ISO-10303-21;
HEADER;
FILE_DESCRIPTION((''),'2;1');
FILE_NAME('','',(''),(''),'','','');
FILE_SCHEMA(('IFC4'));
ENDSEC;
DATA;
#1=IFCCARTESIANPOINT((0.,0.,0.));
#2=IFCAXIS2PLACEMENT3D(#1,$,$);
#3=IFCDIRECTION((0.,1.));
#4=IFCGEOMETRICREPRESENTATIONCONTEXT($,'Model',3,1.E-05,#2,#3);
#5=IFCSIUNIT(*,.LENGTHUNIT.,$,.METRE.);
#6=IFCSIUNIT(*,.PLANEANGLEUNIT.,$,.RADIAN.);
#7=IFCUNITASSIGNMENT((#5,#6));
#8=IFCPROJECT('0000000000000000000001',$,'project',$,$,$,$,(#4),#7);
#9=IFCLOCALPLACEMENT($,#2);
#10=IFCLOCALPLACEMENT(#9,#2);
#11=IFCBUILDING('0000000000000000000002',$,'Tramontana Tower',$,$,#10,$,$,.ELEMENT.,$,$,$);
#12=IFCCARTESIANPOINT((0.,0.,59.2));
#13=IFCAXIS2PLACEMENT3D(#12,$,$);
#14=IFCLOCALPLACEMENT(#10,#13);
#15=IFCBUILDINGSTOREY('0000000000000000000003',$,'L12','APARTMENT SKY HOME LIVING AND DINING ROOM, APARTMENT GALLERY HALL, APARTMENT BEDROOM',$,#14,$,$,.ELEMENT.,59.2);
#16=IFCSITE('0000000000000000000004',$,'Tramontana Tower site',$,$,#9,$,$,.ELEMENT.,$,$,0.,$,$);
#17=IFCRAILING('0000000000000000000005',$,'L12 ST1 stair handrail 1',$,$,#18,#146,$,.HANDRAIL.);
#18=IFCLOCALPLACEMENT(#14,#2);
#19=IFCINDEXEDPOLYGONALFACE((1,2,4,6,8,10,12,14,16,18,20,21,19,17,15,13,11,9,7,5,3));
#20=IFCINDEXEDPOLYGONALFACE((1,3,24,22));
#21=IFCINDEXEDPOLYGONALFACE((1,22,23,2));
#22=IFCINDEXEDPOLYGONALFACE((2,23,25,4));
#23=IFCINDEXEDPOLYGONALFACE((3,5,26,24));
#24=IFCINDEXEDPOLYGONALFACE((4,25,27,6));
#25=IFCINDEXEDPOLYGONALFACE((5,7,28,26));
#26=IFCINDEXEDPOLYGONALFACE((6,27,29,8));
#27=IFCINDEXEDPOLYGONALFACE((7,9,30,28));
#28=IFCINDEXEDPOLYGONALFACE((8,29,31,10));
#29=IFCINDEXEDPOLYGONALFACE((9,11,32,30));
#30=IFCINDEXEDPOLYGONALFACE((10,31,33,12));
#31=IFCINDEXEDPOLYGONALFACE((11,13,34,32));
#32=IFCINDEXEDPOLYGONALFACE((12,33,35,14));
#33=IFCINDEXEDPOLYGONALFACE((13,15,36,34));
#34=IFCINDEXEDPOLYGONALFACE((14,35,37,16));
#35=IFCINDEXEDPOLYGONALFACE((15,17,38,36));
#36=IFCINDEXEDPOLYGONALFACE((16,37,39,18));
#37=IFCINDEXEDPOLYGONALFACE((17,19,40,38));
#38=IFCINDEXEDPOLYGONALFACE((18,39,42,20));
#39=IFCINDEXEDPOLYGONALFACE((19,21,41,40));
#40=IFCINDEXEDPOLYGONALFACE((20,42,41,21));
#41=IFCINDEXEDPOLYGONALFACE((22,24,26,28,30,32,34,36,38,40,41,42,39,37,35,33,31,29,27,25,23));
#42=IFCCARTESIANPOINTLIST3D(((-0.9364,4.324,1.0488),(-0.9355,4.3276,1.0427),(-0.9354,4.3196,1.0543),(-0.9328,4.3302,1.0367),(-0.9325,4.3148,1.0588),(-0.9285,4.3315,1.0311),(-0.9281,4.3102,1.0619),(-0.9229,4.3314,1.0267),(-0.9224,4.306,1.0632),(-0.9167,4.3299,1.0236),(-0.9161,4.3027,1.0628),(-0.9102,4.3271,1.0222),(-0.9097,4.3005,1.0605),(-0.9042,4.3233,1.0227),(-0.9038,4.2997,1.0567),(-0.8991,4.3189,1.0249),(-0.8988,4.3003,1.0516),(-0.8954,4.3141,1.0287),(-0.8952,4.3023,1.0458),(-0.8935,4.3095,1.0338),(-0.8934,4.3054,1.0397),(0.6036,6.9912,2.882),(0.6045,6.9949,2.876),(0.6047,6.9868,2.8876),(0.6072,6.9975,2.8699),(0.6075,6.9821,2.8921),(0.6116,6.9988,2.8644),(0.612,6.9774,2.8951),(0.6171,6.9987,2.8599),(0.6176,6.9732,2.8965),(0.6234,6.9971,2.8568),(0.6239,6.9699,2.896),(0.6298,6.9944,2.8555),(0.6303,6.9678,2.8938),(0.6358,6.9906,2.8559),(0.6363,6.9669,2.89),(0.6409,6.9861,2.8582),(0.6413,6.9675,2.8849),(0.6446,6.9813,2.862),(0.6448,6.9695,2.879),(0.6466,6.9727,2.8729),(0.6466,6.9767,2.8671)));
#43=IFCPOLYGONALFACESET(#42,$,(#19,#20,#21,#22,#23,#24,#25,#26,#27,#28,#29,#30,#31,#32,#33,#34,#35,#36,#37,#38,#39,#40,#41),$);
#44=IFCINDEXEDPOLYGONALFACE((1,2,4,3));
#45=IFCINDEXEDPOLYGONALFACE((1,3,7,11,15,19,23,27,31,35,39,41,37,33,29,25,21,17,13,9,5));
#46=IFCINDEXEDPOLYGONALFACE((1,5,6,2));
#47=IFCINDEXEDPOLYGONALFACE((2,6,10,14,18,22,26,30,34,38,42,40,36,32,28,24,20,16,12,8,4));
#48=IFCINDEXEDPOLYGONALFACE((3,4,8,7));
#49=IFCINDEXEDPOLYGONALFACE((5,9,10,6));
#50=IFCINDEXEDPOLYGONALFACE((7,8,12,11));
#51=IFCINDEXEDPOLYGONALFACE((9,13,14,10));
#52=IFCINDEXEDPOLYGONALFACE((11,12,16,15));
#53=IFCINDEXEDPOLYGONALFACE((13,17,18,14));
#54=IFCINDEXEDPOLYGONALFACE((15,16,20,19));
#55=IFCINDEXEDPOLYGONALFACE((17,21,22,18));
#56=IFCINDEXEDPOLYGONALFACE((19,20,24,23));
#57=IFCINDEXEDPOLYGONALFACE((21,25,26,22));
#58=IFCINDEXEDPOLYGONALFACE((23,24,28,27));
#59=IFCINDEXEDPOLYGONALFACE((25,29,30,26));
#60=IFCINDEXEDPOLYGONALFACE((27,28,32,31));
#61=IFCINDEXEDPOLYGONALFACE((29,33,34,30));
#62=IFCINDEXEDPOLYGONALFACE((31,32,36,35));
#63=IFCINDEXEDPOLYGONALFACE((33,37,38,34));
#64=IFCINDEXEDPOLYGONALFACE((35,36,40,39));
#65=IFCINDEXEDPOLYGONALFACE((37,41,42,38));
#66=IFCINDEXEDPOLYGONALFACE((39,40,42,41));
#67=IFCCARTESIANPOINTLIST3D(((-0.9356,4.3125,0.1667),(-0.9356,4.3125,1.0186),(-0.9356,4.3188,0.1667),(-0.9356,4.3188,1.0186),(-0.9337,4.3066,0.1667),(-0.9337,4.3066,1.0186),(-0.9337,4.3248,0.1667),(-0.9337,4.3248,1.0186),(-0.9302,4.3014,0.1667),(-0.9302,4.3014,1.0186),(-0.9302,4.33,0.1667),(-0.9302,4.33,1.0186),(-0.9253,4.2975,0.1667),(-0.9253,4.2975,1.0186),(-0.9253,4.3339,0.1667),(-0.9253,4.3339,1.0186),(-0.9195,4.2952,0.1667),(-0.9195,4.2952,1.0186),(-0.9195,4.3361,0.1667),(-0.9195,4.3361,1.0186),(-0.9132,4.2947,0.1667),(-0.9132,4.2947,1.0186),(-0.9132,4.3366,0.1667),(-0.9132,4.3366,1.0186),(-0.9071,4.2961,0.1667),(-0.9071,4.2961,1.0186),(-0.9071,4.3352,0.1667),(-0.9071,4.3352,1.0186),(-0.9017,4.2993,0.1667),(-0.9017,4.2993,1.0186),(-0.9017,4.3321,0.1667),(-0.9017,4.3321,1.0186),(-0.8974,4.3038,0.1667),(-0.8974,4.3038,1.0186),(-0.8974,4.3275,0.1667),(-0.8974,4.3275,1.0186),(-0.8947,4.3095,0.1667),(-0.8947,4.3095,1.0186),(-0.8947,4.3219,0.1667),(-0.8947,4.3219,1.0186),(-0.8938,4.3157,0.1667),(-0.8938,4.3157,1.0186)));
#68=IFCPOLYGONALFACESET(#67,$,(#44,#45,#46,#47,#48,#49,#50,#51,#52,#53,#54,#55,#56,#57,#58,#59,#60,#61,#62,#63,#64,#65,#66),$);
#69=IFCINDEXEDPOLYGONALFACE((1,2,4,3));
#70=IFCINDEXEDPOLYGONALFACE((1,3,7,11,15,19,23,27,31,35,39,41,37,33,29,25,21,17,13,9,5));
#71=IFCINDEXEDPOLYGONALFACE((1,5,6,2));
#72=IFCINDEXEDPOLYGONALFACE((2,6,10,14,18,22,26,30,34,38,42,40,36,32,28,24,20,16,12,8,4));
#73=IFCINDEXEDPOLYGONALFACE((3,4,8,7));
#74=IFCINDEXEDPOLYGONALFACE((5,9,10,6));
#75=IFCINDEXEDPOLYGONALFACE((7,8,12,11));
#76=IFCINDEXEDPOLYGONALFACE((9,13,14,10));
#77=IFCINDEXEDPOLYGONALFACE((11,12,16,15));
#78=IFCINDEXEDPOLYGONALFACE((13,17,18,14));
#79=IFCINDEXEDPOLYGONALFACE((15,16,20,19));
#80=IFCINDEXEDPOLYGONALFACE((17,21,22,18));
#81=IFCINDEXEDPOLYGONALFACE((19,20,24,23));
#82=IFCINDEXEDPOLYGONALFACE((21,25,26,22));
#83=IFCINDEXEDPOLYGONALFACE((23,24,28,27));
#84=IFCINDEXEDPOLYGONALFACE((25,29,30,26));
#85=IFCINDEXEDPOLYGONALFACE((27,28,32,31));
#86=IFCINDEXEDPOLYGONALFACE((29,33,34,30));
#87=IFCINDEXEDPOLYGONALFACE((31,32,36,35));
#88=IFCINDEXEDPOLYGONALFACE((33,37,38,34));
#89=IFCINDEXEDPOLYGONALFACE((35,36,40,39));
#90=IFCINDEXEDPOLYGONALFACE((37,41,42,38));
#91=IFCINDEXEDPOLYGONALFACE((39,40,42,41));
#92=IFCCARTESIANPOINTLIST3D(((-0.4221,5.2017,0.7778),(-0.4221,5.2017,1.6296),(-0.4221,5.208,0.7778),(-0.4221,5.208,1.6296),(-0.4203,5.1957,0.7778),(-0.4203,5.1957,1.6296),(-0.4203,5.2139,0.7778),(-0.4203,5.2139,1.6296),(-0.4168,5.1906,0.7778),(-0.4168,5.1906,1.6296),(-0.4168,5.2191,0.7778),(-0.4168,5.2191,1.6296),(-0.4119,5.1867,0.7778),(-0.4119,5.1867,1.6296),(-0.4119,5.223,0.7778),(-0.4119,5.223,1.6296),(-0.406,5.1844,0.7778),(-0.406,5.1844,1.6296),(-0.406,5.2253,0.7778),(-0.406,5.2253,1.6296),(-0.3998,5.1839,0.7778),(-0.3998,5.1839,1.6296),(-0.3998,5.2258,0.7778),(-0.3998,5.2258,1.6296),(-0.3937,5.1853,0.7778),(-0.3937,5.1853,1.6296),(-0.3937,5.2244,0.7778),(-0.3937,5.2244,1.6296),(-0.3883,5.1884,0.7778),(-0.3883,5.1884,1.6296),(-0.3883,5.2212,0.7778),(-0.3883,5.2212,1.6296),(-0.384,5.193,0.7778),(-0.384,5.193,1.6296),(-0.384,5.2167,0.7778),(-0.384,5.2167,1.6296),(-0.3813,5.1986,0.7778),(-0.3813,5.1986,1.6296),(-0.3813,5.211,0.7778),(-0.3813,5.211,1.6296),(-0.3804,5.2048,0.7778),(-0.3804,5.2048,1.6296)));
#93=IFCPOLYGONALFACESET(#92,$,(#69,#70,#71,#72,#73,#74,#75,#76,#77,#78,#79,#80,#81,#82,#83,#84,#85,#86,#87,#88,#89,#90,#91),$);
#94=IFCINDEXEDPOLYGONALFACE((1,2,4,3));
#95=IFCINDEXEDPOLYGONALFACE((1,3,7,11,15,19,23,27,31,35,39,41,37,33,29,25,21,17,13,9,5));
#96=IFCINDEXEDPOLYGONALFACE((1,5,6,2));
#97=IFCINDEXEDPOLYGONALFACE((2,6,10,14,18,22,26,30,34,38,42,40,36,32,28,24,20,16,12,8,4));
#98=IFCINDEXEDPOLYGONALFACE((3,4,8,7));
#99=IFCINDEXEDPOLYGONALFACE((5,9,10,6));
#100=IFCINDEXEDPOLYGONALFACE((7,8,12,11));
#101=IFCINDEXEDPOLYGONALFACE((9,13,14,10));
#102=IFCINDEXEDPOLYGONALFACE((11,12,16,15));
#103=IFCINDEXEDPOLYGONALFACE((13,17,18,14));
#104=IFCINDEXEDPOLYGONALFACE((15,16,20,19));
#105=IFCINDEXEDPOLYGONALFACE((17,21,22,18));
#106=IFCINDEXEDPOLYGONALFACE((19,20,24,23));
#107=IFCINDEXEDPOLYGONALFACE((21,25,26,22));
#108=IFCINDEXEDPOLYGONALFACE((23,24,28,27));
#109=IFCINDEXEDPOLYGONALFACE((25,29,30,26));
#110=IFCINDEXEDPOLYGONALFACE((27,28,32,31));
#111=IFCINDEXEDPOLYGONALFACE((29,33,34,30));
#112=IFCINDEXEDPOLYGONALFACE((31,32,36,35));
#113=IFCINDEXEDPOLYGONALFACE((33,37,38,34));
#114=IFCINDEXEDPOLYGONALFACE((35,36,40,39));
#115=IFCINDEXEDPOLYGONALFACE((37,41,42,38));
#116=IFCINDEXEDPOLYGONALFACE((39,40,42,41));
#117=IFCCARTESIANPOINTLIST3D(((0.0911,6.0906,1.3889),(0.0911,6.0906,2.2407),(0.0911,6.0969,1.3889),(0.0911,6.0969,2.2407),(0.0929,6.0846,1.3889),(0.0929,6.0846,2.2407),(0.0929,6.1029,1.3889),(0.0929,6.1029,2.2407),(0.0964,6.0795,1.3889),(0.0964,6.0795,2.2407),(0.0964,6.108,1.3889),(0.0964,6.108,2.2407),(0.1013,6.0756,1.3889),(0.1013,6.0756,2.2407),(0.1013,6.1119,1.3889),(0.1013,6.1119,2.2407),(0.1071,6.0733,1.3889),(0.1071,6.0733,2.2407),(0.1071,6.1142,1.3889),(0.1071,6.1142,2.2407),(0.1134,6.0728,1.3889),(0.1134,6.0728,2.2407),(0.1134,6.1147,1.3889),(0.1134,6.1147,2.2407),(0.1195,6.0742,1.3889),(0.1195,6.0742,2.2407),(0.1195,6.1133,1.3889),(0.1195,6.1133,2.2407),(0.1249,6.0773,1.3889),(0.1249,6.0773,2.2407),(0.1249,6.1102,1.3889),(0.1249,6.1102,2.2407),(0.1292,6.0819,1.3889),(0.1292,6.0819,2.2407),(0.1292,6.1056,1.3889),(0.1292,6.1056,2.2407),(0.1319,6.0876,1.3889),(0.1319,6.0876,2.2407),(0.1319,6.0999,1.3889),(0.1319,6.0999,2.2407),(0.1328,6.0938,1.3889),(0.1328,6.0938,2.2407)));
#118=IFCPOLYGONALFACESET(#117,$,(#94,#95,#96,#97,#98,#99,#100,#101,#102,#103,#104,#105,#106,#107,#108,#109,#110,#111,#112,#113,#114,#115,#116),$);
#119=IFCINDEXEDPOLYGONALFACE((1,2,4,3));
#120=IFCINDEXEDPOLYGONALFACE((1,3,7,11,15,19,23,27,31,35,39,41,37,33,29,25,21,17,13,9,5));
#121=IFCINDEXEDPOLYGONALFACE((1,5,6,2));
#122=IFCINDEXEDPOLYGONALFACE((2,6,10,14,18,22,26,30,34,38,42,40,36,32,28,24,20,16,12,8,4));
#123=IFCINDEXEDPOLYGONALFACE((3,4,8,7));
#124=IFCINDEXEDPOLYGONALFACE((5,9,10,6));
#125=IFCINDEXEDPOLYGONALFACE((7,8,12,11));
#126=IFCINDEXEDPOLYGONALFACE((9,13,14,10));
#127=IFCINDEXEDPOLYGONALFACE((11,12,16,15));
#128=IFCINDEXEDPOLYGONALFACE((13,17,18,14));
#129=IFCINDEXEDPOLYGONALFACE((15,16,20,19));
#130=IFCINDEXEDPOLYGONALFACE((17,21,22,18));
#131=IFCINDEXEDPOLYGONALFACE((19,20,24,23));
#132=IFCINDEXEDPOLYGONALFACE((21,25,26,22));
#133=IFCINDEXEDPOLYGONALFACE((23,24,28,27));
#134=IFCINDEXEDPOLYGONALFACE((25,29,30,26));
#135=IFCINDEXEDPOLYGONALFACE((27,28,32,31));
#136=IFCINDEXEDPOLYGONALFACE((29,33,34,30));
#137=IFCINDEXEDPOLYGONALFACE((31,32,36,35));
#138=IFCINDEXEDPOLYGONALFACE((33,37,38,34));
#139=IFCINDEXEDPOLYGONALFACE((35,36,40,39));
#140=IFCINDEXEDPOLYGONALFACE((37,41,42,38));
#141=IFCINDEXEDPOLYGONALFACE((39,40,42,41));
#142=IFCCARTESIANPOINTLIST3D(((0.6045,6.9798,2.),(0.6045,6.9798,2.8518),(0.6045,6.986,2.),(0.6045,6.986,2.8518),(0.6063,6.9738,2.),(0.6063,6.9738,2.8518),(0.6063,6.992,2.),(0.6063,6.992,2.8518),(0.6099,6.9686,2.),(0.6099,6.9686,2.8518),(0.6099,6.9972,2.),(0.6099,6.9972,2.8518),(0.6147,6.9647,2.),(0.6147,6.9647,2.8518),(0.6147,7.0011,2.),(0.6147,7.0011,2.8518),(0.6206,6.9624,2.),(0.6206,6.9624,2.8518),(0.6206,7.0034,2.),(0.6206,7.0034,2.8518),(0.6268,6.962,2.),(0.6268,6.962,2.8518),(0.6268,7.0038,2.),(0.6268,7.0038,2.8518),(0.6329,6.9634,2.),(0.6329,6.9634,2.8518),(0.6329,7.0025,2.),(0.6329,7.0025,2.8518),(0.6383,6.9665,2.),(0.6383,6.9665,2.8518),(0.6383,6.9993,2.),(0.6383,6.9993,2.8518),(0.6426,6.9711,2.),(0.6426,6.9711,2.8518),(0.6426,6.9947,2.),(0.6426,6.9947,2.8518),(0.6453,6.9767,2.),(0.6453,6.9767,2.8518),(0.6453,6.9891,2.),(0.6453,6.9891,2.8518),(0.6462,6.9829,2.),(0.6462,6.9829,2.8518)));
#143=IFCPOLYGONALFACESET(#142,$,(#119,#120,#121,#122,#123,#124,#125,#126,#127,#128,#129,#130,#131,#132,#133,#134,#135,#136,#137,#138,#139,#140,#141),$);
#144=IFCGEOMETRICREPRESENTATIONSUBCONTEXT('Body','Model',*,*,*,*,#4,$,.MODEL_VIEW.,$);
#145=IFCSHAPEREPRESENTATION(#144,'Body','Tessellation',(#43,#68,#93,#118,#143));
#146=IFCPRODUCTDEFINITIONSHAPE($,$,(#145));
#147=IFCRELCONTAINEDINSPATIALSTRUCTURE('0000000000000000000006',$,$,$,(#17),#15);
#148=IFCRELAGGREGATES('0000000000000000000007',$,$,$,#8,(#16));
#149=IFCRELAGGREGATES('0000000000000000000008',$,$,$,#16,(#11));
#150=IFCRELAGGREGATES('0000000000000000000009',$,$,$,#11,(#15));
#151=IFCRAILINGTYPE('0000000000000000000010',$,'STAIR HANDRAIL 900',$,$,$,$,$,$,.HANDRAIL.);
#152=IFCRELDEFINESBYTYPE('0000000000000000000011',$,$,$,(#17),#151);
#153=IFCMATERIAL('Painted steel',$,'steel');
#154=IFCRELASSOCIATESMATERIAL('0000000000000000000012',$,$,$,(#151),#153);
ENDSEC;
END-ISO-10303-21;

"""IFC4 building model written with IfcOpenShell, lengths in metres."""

from ifc_helpers import new_model, si_unit, direction, frame, origin, origin_2d, place, context, subcontext, project, spatial, circle, extrude, material, type_object, element, save


model = new_model("IFC4")

# Units and contexts
model_context = context("Model", 3, precision=1e-05, world=origin(), true_north=direction((0.0, 1.0)))
body_context = subcontext(model_context, "Body", "Model", "MODEL_VIEW")
ifc_project = project(units=[si_unit("LENGTHUNIT", "METRE"), si_unit("PLANEANGLEUNIT", "RADIAN")], contexts=[model_context])

# Site, building, storey
site_placement = place(None, origin())
site = spatial("IfcSite", under=ifc_project, at=site_placement, Name="Tramontana Tower site", CompositionType="ELEMENT", RefElevation=0.0)
building_placement = place(site_placement, origin())
building = spatial("IfcBuilding", under=site, at=building_placement, Name="Tramontana Tower", CompositionType="ELEMENT")
storey_placement = place(building_placement, frame((0.0, 0.0, 59.2)))
storey = spatial("IfcBuildingStorey", under=building, at=storey_placement, Name="L12", Description="APARTMENT SKY HOME LIVING AND DINING ROOM, APARTMENT GALLERY HALL, APARTMENT BEDROOM", CompositionType="ELEMENT", Elevation=59.2)

# Railing
ifc_material_1 = material(Name="Painted steel", Category="steel")
railing_type_1 = type_object("IfcRailingType", Name="STAIR HANDRAIL 900", PredefinedType="HANDRAIL", material=ifc_material_1)
railing_1_placement = place(storey_placement, frame((-0.9148, 4.3157, 0.1667)))
element("IfcRailing", 1, at=railing_1_placement, inside=storey, type_object=railing_type_1, Name="L12 ST1 stair handrail 1", PredefinedType="HANDRAIL", context=body_context, shape_type="SweptSolid", body=[
    extrude(circle(Radius=0.0239, at=origin_2d()), frame((0.0, 0.0, 0.876), z_axis=(0.429671, 0.744159, 0.511478), x_axis=(-0.86601, 0.500027, 0.0)), (0.0, 0.0, 1.0), 3.5842),
    extrude(circle(Radius=0.021, at=origin_2d()), origin(), (0.0, 0.0, 1.0), 0.8518),
    extrude(circle(Radius=0.021, at=origin_2d()), frame((0.5134, 0.8892, 0.6111)), (0.0, 0.0, 1.0), 0.8518),
    extrude(circle(Radius=0.021, at=origin_2d()), frame((1.0266, 1.7781, 1.2222)), (0.0, 0.0, 1.0), 0.8518),
    extrude(circle(Radius=0.021, at=origin_2d()), frame((1.54, 2.6672, 1.8333)), (0.0, 0.0, 1.0), 0.8518),
])

save(model, "model.ifc")
